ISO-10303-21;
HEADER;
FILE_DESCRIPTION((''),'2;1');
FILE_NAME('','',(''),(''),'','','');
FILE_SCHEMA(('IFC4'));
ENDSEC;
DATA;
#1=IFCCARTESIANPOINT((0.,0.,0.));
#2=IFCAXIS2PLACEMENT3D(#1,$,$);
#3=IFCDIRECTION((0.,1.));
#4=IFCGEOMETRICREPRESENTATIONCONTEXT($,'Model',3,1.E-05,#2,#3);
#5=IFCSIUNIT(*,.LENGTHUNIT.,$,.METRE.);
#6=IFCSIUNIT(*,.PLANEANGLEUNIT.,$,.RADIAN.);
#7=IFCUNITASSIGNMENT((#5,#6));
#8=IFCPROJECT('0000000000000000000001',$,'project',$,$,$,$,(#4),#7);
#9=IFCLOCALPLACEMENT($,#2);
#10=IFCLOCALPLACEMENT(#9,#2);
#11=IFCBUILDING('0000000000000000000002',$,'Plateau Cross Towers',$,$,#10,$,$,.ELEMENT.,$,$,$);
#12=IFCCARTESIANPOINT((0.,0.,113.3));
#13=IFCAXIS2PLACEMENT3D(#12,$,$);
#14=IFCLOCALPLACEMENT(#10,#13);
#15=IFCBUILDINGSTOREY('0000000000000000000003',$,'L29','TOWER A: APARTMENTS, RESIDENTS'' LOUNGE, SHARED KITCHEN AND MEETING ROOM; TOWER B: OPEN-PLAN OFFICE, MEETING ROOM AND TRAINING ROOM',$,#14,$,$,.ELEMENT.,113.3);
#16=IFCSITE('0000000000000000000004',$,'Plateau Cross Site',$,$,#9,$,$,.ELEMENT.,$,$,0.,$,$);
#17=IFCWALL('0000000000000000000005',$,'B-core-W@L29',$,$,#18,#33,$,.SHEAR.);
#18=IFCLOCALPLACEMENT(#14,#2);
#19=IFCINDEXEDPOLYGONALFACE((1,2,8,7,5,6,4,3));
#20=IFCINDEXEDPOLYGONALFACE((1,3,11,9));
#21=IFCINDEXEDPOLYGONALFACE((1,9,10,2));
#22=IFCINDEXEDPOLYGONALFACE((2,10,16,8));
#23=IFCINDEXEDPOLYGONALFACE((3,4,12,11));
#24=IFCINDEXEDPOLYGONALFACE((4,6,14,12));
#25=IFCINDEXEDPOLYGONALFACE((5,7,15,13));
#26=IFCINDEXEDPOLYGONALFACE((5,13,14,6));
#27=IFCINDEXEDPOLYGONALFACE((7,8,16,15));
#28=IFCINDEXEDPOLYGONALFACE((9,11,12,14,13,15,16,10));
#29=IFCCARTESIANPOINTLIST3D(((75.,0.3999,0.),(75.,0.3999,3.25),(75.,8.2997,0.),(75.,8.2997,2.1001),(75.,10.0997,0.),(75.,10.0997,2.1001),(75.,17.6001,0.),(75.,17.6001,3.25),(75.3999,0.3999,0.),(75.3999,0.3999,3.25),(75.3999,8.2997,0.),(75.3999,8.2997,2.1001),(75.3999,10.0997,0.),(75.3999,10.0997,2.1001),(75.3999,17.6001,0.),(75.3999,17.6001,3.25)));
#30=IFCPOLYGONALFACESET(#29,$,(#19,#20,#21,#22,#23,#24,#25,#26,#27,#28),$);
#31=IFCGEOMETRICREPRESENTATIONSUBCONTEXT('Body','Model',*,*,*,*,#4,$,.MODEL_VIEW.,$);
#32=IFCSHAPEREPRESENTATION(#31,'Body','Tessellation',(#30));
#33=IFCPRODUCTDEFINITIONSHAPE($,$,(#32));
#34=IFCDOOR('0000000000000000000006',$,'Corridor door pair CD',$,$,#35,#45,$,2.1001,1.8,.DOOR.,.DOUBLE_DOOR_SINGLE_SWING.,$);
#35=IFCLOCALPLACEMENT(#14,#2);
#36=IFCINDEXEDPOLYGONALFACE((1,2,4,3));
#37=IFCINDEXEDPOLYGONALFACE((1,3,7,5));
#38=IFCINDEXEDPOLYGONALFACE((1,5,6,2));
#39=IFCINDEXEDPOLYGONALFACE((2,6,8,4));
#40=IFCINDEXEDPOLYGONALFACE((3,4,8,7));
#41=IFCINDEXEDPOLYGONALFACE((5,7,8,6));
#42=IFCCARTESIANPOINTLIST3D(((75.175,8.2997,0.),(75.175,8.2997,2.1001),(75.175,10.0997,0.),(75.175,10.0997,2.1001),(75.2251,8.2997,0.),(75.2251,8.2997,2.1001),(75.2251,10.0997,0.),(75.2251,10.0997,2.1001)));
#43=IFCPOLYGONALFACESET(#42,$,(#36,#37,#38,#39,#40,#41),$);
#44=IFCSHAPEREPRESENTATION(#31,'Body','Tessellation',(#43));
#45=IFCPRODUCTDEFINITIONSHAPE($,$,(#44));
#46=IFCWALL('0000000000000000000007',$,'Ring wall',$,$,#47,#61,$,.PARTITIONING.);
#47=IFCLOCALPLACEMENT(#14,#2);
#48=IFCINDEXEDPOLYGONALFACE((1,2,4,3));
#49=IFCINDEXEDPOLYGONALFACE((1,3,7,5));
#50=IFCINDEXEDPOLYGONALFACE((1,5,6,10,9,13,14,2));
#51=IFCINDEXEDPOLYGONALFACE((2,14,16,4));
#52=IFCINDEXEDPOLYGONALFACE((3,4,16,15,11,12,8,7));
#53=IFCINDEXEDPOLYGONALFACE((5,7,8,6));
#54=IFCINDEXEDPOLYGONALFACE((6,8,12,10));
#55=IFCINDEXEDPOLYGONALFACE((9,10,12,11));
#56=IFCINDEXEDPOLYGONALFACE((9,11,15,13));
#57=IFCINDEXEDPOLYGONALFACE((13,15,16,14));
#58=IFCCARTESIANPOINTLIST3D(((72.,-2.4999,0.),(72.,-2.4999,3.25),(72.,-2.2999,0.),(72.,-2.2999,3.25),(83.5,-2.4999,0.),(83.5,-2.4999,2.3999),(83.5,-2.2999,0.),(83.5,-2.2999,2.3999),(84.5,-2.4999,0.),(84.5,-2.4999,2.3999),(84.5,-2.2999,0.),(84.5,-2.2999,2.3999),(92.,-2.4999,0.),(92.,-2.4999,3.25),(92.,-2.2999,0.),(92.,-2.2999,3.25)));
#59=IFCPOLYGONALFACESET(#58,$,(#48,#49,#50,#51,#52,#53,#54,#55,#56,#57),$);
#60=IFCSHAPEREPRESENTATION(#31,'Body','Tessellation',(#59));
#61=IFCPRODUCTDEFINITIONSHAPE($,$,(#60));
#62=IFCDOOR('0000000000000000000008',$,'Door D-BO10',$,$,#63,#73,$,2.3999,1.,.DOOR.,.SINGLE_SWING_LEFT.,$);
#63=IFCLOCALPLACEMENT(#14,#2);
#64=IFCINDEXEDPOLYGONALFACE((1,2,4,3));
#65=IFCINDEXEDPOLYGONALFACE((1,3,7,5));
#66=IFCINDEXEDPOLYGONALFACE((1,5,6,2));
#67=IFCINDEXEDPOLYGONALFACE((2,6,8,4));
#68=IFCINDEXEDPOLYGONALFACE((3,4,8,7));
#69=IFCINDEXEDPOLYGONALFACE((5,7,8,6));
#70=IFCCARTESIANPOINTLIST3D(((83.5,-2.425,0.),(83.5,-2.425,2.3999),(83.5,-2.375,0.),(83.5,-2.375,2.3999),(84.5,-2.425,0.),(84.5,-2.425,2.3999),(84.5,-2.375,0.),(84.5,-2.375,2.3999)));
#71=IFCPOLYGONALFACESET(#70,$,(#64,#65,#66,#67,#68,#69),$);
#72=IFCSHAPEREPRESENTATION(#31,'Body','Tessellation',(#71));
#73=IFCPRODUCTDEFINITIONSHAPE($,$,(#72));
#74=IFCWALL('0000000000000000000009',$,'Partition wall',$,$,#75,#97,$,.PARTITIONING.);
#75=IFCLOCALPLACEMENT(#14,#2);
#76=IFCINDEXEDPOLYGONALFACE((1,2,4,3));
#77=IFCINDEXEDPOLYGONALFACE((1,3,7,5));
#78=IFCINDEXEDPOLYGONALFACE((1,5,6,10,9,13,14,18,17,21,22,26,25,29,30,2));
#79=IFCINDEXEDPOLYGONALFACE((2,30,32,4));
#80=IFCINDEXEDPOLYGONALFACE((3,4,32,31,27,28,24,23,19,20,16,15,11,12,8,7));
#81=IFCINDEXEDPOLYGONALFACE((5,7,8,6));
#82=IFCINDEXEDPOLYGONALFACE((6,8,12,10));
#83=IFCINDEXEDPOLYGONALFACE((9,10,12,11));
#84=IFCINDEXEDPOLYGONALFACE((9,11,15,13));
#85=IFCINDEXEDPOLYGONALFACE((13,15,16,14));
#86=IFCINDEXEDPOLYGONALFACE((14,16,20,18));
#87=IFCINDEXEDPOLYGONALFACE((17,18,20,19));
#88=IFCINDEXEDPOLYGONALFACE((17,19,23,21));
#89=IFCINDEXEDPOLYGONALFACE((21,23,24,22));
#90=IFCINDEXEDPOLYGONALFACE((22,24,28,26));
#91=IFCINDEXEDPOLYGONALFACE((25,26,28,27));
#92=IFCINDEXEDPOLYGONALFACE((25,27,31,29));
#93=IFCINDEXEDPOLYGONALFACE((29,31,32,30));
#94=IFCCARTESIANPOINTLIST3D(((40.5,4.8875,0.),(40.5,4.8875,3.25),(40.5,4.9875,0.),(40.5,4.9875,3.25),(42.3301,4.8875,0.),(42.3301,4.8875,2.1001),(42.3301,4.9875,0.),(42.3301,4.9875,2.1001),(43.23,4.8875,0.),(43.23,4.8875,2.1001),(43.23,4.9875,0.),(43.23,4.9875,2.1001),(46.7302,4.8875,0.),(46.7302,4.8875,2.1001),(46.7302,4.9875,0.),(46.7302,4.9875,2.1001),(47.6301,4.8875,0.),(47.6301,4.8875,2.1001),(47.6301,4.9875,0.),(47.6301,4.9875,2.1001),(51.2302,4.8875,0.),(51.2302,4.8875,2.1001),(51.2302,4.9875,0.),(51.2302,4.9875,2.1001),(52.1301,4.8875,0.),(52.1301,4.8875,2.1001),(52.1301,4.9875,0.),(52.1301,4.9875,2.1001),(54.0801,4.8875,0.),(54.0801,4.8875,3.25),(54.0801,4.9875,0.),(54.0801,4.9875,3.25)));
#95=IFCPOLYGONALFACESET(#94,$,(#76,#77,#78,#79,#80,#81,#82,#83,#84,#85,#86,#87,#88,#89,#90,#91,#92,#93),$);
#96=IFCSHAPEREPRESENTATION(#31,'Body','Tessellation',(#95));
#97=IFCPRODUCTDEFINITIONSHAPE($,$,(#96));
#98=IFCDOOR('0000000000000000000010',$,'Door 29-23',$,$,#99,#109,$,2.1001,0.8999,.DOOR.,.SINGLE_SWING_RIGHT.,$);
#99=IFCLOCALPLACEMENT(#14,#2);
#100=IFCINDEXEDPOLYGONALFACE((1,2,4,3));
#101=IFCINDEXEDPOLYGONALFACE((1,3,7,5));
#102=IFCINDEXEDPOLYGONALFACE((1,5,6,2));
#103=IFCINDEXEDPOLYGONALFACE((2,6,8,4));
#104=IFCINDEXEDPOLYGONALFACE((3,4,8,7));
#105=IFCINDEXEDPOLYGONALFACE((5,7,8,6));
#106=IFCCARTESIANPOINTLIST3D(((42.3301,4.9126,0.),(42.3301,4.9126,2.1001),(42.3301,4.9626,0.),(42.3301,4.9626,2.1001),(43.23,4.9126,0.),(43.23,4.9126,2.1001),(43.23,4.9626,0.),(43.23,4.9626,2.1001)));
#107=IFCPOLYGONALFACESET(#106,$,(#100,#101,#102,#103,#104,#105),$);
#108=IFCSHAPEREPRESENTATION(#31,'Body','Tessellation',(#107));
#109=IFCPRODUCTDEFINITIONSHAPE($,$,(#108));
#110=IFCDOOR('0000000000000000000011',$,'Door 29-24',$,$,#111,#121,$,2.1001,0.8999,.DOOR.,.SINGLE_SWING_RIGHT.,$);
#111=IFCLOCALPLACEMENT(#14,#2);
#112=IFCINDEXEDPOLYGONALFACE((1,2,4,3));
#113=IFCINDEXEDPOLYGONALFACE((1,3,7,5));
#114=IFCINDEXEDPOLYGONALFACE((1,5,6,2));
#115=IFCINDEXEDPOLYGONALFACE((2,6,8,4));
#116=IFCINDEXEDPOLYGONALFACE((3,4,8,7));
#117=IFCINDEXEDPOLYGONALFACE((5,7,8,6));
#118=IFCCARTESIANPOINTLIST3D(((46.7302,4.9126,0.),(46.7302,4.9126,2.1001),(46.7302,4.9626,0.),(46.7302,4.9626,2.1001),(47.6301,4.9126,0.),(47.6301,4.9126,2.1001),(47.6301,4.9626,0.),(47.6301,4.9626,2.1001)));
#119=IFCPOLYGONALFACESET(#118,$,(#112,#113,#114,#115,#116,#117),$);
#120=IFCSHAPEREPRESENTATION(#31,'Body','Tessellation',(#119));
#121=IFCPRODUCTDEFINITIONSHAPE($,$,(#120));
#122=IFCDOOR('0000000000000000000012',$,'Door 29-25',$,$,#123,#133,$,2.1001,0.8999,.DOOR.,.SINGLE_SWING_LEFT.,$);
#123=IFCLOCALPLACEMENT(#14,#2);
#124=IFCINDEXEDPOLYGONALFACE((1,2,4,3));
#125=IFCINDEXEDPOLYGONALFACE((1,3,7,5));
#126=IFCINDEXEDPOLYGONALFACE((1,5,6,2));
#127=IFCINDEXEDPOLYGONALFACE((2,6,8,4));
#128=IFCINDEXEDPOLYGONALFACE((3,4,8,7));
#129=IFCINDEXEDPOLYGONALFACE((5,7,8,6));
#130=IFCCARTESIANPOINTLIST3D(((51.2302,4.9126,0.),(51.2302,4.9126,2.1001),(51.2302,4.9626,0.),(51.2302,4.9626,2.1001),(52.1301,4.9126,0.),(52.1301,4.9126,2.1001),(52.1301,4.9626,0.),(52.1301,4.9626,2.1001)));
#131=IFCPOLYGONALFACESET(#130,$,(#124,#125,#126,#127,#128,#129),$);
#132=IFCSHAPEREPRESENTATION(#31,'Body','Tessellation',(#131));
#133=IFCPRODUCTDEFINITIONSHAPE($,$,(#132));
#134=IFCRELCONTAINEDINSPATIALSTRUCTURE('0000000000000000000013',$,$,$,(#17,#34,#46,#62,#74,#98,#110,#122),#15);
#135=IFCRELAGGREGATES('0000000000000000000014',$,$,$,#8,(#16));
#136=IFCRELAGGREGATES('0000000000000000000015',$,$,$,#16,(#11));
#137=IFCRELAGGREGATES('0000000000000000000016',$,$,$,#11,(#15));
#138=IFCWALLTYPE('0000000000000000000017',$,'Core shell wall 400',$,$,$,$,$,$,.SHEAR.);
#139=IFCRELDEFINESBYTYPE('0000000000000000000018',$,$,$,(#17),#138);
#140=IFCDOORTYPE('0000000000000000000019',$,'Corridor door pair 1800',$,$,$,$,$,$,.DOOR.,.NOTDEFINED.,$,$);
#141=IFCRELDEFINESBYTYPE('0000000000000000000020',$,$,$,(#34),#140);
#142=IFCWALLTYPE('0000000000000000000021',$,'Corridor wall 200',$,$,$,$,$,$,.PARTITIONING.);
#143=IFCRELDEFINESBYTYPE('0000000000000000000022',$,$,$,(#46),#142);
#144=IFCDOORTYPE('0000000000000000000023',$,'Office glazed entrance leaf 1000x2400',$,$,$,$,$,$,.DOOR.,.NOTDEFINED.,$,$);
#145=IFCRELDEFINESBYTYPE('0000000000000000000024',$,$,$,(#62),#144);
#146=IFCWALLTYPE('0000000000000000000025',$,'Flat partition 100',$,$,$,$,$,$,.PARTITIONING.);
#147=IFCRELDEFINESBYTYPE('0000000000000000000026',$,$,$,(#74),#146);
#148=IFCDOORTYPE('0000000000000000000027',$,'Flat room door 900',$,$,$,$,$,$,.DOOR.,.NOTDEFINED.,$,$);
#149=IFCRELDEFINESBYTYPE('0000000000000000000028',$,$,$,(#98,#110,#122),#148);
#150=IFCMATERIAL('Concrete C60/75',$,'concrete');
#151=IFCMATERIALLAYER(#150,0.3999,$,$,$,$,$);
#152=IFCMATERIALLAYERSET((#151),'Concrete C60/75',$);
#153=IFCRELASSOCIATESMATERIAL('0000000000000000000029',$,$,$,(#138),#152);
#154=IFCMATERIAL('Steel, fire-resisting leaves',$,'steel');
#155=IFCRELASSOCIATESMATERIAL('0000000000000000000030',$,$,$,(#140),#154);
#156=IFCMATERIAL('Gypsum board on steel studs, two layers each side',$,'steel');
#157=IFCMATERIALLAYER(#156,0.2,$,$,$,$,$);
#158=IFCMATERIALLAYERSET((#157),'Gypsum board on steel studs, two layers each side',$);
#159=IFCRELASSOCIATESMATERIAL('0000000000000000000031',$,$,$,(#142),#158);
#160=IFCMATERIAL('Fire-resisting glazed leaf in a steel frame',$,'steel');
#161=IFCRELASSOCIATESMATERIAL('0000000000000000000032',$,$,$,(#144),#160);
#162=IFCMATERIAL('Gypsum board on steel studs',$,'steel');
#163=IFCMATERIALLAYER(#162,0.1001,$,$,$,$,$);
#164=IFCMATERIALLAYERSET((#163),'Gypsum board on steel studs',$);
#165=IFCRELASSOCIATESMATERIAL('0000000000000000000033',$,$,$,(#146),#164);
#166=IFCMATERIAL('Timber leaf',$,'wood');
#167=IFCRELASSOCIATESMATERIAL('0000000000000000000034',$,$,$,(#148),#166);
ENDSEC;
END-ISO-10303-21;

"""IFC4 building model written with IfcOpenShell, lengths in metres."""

from ifc_helpers import new_model, si_unit, direction, frame, frame_2d, origin, place, context, subcontext, project, spatial, rectangle, extrude, material, layer, layer_set, type_object, element, fill, save


model = new_model("IFC4")

# Units and contexts
model_context = context("Model", 3, precision=1e-05, world=origin(), true_north=direction((0.0, 1.0)))
body_context = subcontext(model_context, "Body", "Model", "MODEL_VIEW")
ifc_project = project(units=[si_unit("LENGTHUNIT", "METRE"), si_unit("PLANEANGLEUNIT", "RADIAN")], contexts=[model_context])

# Site, building, storey
site_placement = place(None, origin())
site = spatial("IfcSite", under=ifc_project, at=site_placement, Name="Plateau Cross Site", CompositionType="ELEMENT", RefElevation=0.0)
building_placement = place(site_placement, origin())
building = spatial("IfcBuilding", under=site, at=building_placement, Name="Plateau Cross Towers", CompositionType="ELEMENT")
storey_placement = place(building_placement, frame((0.0, 0.0, 113.3)))
storey = spatial("IfcBuildingStorey", under=building, at=storey_placement, Name="L29", Description="TOWER A: APARTMENTS, RESIDENTS' LOUNGE, SHARED KITCHEN AND MEETING ROOM; TOWER B: OPEN-PLAN OFFICE, MEETING ROOM AND TRAINING ROOM", CompositionType="ELEMENT", Elevation=113.3)

# Shared definitions
ifc_material_1 = material(Name="Concrete C60/75", Category="concrete")

# Shared definitions
ifc_layer_1 = layer(ifc_material_1, 0.3999)
ifc_layer_set_1 = layer_set([ifc_layer_1], Name="Concrete C60/75")
wall_type_1 = type_object("IfcWallType", Name="Core shell wall 400", PredefinedType="SHEAR", material=ifc_layer_set_1)

# Walls, openings, doors
wall_1_placement = place(storey_placement, frame((75.2, 0.3999, 0.0), z_axis=(0.0, 0.0, 1.0), x_axis=(0.0, 1.0, 0.0)))
wall_1 = element("IfcWall", 1, at=wall_1_placement, inside=storey, type_object=wall_type_1, Name="B-core-W@L29", PredefinedType="SHEAR", context=body_context, shape_type="SweptSolid", body=[
    extrude(rectangle(XDim=17.2002, YDim=0.3999, at=frame_2d((8.6001, 0.0))), origin(), (0.0, 0.0, 1.0), 3.25),
])
opening_1_placement = place(wall_1_placement, frame((7.8999, 0.0, 0.0)))
opening_1 = element("IfcOpeningElement", 2, at=opening_1_placement, cuts=wall_1, PredefinedType="OPENING", context=body_context, shape_type="SweptSolid", body=[
    extrude(rectangle(XDim=1.8, YDim=2.1001, at=frame_2d((0.8999, 1.05))), frame((0.0, 0.21, 0.0), z_axis=(0.0, -1.0, 0.0), x_axis=(1.0, 0.0, 0.0)), (0.0, 0.0, 1.0), 0.4199),
])
ifc_material_2 = material(Name="Steel, fire-resisting leaves", Category="steel")
door_type_1 = type_object("IfcDoorType", Name="Corridor door pair 1800", OperationType="NOTDEFINED", PredefinedType="DOOR", material=ifc_material_2)
door_1_placement = place(opening_1_placement, origin())
door_1 = element("IfcDoor", 3, at=door_1_placement, inside=storey, type_object=door_type_1, Name="Corridor door pair CD", OperationType="DOUBLE_DOOR_SINGLE_SWING", OverallHeight=2.1001, OverallWidth=1.8, PredefinedType="DOOR", context=body_context, shape_type="SweptSolid", body=[
    extrude(rectangle(XDim=1.8, YDim=2.1001, at=frame_2d((0.8999, 1.05))), frame((0.0, 0.0249, 0.0), z_axis=(0.0, -1.0, 0.0), x_axis=(1.0, 0.0, 0.0)), (0.0, 0.0, 1.0), 0.05),
])
fill(opening_1, door_1)
ifc_material_3 = material(Name="Gypsum board on steel studs, two layers each side", Category="steel")
ifc_layer_2 = layer(ifc_material_3, 0.2)
ifc_layer_set_2 = layer_set([ifc_layer_2], Name="Gypsum board on steel studs, two layers each side")
wall_type_2 = type_object("IfcWallType", Name="Corridor wall 200", PredefinedType="PARTITIONING", material=ifc_layer_set_2)
wall_2_placement = place(storey_placement, frame((72.0, -2.3999, 0.0), z_axis=(0.0, 0.0, 1.0), x_axis=(1.0, 0.0, 0.0)))
wall_2 = element("IfcWall", 4, at=wall_2_placement, inside=storey, type_object=wall_type_2, Name="Ring wall", PredefinedType="PARTITIONING", context=body_context, shape_type="SweptSolid", body=[
    extrude(rectangle(XDim=20.0, YDim=0.2, at=frame_2d((10.0, 0.0))), origin(), (0.0, 0.0, 1.0), 3.25),
])
opening_2_placement = place(wall_2_placement, frame((11.5, 0.0, 0.0)))
opening_2 = element("IfcOpeningElement", 5, at=opening_2_placement, cuts=wall_2, PredefinedType="OPENING", context=body_context, shape_type="SweptSolid", body=[
    extrude(rectangle(XDim=1.0, YDim=2.3999, at=frame_2d((0.5, 1.2))), frame((0.0, 0.1099, 0.0), z_axis=(0.0, -1.0, 0.0), x_axis=(1.0, 0.0, 0.0)), (0.0, 0.0, 1.0), 0.22),
])
ifc_material_4 = material(Name="Fire-resisting glazed leaf in a steel frame", Category="steel")
door_type_2 = type_object("IfcDoorType", Name="Office glazed entrance leaf 1000x2400", OperationType="NOTDEFINED", PredefinedType="DOOR", material=ifc_material_4)
door_2_placement = place(opening_2_placement, origin())
door_2 = element("IfcDoor", 6, at=door_2_placement, inside=storey, type_object=door_type_2, Name="Door D-BO10", OperationType="SINGLE_SWING_LEFT", OverallHeight=2.3999, OverallWidth=1.0, PredefinedType="DOOR", context=body_context, shape_type="SweptSolid", body=[
    extrude(rectangle(XDim=1.0, YDim=2.3999, at=frame_2d((0.5, 1.2))), frame((0.0, 0.0249, 0.0), z_axis=(0.0, -1.0, 0.0), x_axis=(1.0, 0.0, 0.0)), (0.0, 0.0, 1.0), 0.05),
])
fill(opening_2, door_2)

# Wall, openings, doors
ifc_material_5 = material(Name="Gypsum board on steel studs", Category="steel")
ifc_layer_3 = layer(ifc_material_5, 0.1001)
ifc_layer_set_3 = layer_set([ifc_layer_3], Name="Gypsum board on steel studs")
wall_type_3 = type_object("IfcWallType", Name="Flat partition 100", PredefinedType="PARTITIONING", material=ifc_layer_set_3)
wall_3_placement = place(storey_placement, frame((54.0801, 4.9375, 0.0), z_axis=(0.0, 0.0, 1.0), x_axis=(-1.0, 0.0, 0.0)))
wall_3 = element("IfcWall", 7, at=wall_3_placement, inside=storey, type_object=wall_type_3, Name="Partition wall", PredefinedType="PARTITIONING", context=body_context, shape_type="SweptSolid", body=[
    extrude(rectangle(XDim=13.5801, YDim=0.1001, at=frame_2d((6.79, 0.0))), origin(), (0.0, 0.0, 1.0), 3.25),
])
opening_3_placement = place(wall_3_placement, frame((10.8501, 0.0, 0.0)))
opening_3 = element("IfcOpeningElement", 8, at=opening_3_placement, cuts=wall_3, PredefinedType="OPENING", context=body_context, shape_type="SweptSolid", body=[
    extrude(rectangle(XDim=0.8999, YDim=2.1001, at=frame_2d((0.45, 1.05))), frame((0.0, 0.0601, 0.0), z_axis=(0.0, -1.0, 0.0), x_axis=(1.0, 0.0, 0.0)), (0.0, 0.0, 1.0), 0.1201),
])
opening_4_placement = place(wall_3_placement, frame((6.45, 0.0, 0.0)))
opening_4 = element("IfcOpeningElement", 9, at=opening_4_placement, cuts=wall_3, PredefinedType="OPENING", context=body_context, shape_type="SweptSolid", body=[
    extrude(rectangle(XDim=0.8999, YDim=2.1001, at=frame_2d((0.45, 1.05))), frame((0.0, 0.0601, 0.0), z_axis=(0.0, -1.0, 0.0), x_axis=(1.0, 0.0, 0.0)), (0.0, 0.0, 1.0), 0.1201),
])
opening_5_placement = place(wall_3_placement, frame((1.95, 0.0, 0.0)))
opening_5 = element("IfcOpeningElement", 10, at=opening_5_placement, cuts=wall_3, PredefinedType="OPENING", context=body_context, shape_type="SweptSolid", body=[
    extrude(rectangle(XDim=0.8999, YDim=2.1001, at=frame_2d((0.45, 1.05))), frame((0.0, 0.0601, 0.0), z_axis=(0.0, -1.0, 0.0), x_axis=(1.0, 0.0, 0.0)), (0.0, 0.0, 1.0), 0.1201),
])
ifc_material_6 = material(Name="Timber leaf", Category="wood")
door_type_3 = type_object("IfcDoorType", Name="Flat room door 900", OperationType="NOTDEFINED", PredefinedType="DOOR", material=ifc_material_6)
door_3_placement = place(opening_3_placement, origin())
door_3 = element("IfcDoor", 11, at=door_3_placement, inside=storey, type_object=door_type_3, Name="Door 29-23", OperationType="SINGLE_SWING_RIGHT", OverallHeight=2.1001, OverallWidth=0.8999, PredefinedType="DOOR", context=body_context, shape_type="SweptSolid", body=[
    extrude(rectangle(XDim=0.8999, YDim=2.1001, at=frame_2d((0.45, 1.05))), frame((0.0, 0.0249, 0.0), z_axis=(0.0, -1.0, 0.0), x_axis=(1.0, 0.0, 0.0)), (0.0, 0.0, 1.0), 0.05),
])
fill(opening_3, door_3)
door_4_placement = place(opening_4_placement, origin())
door_4 = element("IfcDoor", 12, at=door_4_placement, inside=storey, type_object=door_type_3, Name="Door 29-24", OperationType="SINGLE_SWING_RIGHT", OverallHeight=2.1001, OverallWidth=0.8999, PredefinedType="DOOR", context=body_context, shape_type="SweptSolid", body=[
    extrude(rectangle(XDim=0.8999, YDim=2.1001, at=frame_2d((0.45, 1.05))), frame((0.0, 0.0249, 0.0), z_axis=(0.0, -1.0, 0.0), x_axis=(1.0, 0.0, 0.0)), (0.0, 0.0, 1.0), 0.05),
])
fill(opening_4, door_4)
door_5_placement = place(opening_5_placement, origin())
door_5 = element("IfcDoor", 13, at=door_5_placement, inside=storey, type_object=door_type_3, Name="Door 29-25", OperationType="SINGLE_SWING_LEFT", OverallHeight=2.1001, OverallWidth=0.8999, PredefinedType="DOOR", context=body_context, shape_type="SweptSolid", body=[
    extrude(rectangle(XDim=0.8999, YDim=2.1001, at=frame_2d((0.45, 1.05))), frame((0.0, 0.0249, 0.0), z_axis=(0.0, -1.0, 0.0), x_axis=(1.0, 0.0, 0.0)), (0.0, 0.0, 1.0), 0.05),
])
fill(opening_5, door_5)

save(model, "model.ifc")
